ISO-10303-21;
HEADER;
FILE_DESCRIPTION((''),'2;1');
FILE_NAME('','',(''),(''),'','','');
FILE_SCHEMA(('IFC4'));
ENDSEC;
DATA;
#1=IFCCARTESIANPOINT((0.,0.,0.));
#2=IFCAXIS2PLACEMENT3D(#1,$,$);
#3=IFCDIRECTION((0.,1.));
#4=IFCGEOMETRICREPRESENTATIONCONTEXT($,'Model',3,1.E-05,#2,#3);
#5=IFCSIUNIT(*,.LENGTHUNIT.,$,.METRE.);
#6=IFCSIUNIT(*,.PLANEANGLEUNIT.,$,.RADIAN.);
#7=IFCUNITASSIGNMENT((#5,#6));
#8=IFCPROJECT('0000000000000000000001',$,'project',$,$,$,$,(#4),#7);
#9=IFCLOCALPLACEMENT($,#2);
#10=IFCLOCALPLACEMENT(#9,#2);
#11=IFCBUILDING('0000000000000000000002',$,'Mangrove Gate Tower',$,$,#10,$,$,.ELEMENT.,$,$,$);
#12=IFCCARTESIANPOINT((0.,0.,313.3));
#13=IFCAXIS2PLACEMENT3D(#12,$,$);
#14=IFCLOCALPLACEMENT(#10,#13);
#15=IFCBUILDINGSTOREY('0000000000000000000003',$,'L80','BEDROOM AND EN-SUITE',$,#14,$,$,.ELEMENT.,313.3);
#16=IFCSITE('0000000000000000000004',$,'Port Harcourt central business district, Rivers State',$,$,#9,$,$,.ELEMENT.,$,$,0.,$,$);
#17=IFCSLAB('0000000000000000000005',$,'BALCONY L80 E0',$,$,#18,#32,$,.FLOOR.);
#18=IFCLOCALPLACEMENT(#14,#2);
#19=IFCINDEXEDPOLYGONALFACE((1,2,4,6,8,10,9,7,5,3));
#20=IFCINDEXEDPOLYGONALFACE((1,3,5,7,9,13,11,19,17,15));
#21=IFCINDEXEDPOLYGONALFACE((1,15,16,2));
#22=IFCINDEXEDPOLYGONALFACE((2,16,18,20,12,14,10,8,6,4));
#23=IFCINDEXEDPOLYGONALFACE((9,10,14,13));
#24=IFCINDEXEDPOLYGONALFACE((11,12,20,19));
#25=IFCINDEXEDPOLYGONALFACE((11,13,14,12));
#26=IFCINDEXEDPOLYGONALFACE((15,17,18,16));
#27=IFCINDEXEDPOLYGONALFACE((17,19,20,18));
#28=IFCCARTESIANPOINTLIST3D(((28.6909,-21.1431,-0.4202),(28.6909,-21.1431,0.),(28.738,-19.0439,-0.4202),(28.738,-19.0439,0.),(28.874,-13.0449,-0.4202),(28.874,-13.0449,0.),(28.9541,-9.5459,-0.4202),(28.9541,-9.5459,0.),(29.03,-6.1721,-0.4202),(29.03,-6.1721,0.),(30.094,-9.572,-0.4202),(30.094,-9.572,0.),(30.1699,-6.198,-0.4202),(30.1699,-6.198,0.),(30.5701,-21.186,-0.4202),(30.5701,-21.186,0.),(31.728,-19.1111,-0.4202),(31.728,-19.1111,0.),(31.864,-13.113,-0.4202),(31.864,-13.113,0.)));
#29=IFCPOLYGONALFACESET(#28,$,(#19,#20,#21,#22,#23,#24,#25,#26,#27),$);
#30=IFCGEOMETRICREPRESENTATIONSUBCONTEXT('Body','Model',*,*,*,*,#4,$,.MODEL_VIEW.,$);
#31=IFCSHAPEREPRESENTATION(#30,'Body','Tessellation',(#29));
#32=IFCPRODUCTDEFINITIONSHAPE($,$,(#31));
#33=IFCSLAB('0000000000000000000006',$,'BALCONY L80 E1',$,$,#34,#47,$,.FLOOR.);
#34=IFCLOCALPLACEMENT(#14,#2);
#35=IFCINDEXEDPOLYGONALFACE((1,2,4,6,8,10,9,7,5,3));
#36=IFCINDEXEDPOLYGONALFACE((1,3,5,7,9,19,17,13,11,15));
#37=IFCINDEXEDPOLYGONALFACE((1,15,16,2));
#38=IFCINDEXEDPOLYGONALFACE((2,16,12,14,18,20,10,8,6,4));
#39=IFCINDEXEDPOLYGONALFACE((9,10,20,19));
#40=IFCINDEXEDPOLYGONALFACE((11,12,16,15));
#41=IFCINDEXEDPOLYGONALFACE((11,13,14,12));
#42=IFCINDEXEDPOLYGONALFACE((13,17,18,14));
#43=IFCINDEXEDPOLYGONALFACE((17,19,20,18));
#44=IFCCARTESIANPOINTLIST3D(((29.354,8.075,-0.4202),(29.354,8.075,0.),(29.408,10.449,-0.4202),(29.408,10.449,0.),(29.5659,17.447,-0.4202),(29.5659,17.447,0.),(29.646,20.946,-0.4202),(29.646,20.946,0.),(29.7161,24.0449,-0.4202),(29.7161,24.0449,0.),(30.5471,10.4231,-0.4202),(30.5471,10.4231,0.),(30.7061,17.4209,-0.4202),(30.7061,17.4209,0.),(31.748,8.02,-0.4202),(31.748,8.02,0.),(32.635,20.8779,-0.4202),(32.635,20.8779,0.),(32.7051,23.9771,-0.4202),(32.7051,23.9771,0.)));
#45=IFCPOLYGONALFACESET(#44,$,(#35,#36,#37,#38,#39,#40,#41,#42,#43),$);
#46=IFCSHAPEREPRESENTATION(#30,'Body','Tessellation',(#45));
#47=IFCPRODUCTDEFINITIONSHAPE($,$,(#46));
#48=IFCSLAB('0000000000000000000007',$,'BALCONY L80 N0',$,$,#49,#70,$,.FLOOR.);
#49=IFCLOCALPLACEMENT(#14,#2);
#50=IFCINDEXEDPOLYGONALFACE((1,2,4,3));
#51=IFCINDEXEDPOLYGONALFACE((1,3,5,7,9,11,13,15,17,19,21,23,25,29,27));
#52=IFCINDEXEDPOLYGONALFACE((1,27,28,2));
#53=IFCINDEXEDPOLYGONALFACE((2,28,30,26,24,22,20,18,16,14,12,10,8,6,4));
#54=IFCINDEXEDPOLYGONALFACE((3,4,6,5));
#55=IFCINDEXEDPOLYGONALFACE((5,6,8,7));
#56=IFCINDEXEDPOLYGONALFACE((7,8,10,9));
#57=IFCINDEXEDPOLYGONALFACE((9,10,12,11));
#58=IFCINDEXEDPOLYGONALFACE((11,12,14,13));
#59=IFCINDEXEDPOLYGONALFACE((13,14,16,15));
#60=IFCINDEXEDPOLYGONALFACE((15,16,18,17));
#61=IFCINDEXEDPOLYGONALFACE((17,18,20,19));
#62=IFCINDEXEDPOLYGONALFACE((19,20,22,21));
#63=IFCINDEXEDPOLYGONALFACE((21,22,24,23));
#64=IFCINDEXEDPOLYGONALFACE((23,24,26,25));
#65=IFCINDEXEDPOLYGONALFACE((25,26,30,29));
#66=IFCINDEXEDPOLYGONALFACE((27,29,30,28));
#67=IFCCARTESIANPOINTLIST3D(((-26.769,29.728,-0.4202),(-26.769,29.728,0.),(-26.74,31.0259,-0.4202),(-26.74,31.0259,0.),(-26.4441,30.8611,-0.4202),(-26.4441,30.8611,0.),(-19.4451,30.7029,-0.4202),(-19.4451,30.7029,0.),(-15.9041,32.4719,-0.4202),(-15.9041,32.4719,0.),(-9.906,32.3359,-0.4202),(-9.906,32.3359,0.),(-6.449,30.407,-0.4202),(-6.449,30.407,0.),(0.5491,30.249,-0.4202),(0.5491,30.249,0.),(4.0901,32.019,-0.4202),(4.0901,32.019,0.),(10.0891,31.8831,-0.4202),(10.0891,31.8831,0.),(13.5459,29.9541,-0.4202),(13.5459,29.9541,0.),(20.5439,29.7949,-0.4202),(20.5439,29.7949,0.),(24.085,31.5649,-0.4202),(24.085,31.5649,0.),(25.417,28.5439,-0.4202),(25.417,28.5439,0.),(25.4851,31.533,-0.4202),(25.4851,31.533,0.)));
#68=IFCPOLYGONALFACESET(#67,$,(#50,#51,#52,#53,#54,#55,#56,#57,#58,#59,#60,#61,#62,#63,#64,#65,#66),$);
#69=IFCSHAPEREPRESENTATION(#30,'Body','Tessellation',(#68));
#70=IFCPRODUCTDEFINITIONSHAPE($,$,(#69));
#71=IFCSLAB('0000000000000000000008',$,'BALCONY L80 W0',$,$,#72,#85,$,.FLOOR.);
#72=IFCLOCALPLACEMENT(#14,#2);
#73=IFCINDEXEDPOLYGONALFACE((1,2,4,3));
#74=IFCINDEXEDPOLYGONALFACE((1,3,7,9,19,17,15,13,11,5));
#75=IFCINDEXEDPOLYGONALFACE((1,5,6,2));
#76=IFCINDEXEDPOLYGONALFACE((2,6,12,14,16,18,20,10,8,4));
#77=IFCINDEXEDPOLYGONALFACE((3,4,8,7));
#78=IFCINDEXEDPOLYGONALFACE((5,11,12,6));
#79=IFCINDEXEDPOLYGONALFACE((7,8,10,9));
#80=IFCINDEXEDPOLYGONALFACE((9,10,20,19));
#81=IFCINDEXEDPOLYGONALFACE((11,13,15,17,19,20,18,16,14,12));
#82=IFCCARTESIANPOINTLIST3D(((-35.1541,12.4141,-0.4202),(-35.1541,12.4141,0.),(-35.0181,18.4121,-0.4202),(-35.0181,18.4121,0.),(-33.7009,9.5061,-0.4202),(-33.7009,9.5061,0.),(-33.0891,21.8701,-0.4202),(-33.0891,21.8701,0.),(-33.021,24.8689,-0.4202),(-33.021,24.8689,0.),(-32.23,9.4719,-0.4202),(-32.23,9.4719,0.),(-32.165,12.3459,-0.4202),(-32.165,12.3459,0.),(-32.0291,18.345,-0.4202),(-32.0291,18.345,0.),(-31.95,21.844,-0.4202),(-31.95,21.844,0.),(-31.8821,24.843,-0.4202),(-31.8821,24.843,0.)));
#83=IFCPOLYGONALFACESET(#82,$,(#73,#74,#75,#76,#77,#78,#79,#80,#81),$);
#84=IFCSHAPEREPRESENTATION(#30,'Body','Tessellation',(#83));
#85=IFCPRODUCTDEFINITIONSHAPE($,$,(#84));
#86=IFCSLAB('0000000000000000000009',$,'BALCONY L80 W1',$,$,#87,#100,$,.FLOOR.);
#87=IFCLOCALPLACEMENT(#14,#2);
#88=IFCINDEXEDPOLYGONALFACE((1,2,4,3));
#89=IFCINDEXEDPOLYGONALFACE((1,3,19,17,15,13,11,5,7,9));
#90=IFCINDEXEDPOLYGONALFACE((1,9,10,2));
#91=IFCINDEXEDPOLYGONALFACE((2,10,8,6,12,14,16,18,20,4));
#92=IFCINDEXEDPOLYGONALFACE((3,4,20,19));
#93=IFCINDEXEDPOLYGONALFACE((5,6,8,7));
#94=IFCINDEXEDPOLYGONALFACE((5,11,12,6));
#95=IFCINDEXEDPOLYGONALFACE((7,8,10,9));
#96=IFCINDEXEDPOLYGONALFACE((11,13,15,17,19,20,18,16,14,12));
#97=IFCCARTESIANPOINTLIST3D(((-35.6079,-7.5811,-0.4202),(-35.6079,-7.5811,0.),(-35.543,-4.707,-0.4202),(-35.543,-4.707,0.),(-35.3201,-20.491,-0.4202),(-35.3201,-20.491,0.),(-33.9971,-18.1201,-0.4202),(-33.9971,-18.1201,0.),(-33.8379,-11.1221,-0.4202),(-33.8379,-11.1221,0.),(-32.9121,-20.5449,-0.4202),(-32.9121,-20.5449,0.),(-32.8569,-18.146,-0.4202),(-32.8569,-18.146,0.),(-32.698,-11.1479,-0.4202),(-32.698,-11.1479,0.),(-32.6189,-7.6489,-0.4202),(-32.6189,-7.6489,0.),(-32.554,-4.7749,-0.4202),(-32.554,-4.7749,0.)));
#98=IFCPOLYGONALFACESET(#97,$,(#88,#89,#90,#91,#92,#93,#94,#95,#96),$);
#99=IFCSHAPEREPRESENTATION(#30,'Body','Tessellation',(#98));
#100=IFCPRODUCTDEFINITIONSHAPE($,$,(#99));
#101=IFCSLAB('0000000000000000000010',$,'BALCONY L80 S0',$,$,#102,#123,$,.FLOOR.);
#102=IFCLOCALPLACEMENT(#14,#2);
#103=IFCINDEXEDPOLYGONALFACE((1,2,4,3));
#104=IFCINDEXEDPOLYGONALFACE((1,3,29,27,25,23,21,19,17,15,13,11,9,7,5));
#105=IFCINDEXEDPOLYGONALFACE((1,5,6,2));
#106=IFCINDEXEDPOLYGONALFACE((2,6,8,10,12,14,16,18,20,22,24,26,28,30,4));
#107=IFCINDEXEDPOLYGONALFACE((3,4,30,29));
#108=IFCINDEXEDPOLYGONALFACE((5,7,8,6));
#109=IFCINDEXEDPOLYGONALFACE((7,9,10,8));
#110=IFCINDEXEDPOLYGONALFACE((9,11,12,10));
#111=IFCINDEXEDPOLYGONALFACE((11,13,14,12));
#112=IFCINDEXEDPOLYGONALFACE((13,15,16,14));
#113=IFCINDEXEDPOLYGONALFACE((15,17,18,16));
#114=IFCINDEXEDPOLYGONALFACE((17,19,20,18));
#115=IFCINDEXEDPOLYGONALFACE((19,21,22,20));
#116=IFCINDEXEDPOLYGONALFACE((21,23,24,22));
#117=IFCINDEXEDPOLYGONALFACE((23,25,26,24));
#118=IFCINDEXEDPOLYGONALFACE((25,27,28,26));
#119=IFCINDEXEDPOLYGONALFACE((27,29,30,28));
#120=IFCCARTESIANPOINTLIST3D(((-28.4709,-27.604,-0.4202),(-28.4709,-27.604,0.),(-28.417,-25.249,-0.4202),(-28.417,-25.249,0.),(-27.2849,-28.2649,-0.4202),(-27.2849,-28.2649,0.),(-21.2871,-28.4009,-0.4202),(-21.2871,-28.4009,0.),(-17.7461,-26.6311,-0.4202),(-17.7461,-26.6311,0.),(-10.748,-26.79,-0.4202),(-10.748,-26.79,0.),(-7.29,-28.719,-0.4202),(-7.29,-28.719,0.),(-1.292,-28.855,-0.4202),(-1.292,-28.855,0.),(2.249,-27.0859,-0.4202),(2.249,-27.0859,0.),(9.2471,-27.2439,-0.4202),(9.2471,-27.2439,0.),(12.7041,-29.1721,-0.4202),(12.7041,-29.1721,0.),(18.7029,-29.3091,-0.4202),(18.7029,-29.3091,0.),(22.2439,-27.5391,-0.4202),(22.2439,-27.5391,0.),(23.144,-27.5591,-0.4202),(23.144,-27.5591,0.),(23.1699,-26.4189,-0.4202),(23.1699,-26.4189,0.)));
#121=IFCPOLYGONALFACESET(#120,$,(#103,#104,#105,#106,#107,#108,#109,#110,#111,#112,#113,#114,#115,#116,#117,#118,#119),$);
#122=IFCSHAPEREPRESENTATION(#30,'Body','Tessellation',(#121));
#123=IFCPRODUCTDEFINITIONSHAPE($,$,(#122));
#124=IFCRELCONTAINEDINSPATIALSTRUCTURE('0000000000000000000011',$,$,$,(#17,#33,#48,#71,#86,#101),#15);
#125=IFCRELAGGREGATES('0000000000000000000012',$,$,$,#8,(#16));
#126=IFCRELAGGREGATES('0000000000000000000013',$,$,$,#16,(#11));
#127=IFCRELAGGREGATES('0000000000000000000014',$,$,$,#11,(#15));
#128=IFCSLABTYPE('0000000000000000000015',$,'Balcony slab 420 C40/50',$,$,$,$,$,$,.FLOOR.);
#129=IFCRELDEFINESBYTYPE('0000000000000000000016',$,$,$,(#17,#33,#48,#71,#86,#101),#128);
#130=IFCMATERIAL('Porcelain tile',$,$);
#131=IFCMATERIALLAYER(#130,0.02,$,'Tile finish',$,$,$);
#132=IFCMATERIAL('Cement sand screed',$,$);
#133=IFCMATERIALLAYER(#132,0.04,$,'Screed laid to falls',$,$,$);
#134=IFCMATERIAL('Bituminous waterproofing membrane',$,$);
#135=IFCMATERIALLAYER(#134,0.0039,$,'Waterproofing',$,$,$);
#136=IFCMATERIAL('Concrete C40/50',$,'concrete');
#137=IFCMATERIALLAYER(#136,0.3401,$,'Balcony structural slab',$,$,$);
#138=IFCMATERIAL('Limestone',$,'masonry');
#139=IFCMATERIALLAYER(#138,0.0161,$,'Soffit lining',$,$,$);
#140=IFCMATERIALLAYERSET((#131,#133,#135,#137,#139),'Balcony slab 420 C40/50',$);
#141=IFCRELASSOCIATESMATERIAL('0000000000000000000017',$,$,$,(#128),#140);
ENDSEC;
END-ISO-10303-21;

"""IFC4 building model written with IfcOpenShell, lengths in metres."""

from ifc_helpers import new_model, si_unit, direction, frame, origin, place, context, subcontext, project, spatial, polyline, outline, extrude, material, layer, layer_set, type_object, element, save


model = new_model("IFC4")

# Units and contexts
model_context = context("Model", 3, precision=1e-05, world=origin(), true_north=direction((0.0, 1.0)))
body_context = subcontext(model_context, "Body", "Model", "MODEL_VIEW")
ifc_project = project(units=[si_unit("LENGTHUNIT", "METRE"), si_unit("PLANEANGLEUNIT", "RADIAN")], contexts=[model_context])

# Site, building, storey
site_placement = place(None, origin())
site = spatial("IfcSite", under=ifc_project, at=site_placement, Name="Port Harcourt central business district, Rivers State", CompositionType="ELEMENT", RefElevation=0.0)
building_placement = place(site_placement, origin())
building = spatial("IfcBuilding", under=site, at=building_placement, Name="Mangrove Gate Tower", CompositionType="ELEMENT")
storey_placement = place(building_placement, frame((0.0, 0.0, 313.3)))
storey = spatial("IfcBuildingStorey", under=building, at=storey_placement, Name="L80", Description="BEDROOM AND EN-SUITE", CompositionType="ELEMENT", Elevation=313.3)

# Slabs
ifc_material_1 = material(Name="Porcelain tile")
ifc_layer_1 = layer(ifc_material_1, 0.02, Name="Tile finish")
ifc_material_2 = material(Name="Cement sand screed")
ifc_layer_2 = layer(ifc_material_2, 0.04, Name="Screed laid to falls")
ifc_material_3 = material(Name="Bituminous waterproofing membrane")
ifc_layer_3 = layer(ifc_material_3, 0.0039, Name="Waterproofing")
ifc_material_4 = material(Name="Concrete C40/50", Category="concrete")
ifc_layer_4 = layer(ifc_material_4, 0.3401, Name="Balcony structural slab")
ifc_material_5 = material(Name="Limestone", Category="masonry")
ifc_layer_5 = layer(ifc_material_5, 0.0161, Name="Soffit lining")
ifc_layer_set_1 = layer_set([ifc_layer_1, ifc_layer_2, ifc_layer_3, ifc_layer_4, ifc_layer_5], Name="Balcony slab 420 C40/50")
slab_type_1 = type_object("IfcSlabType", Name="Balcony slab 420 C40/50", PredefinedType="FLOOR", material=ifc_layer_set_1)
slab_1_placement = place(storey_placement, frame((0.0, 0.0, -0.4202)))
element("IfcSlab", 1, at=slab_1_placement, inside=storey, type_object=slab_type_1, Name="BALCONY L80 E0", PredefinedType="FLOOR", context=body_context, shape_type="SweptSolid", body=[
    extrude(outline(polyline([(30.5701, -21.186), (31.728, -19.1111), (31.864, -13.113), (30.094, -9.572), (30.1699, -6.198), (29.03, -6.1721), (28.9541, -9.5459), (28.874, -13.0449), (28.738, -19.0439), (28.6909, -21.1431), (30.5701, -21.186)])), origin(), (0.0, 0.0, 1.0), 0.4202),
])
slab_2_placement = place(storey_placement, frame((0.0, 0.0, -0.4202)))
element("IfcSlab", 2, at=slab_2_placement, inside=storey, type_object=slab_type_1, Name="BALCONY L80 E1", PredefinedType="FLOOR", context=body_context, shape_type="SweptSolid", body=[
    extrude(outline(polyline([(31.748, 8.02), (30.5471, 10.4231), (30.7061, 17.4209), (32.635, 20.8779), (32.7051, 23.9771), (29.7161, 24.0449), (29.646, 20.946), (29.5659, 17.447), (29.408, 10.449), (29.354, 8.075), (31.748, 8.02)])), origin(), (0.0, 0.0, 1.0), 0.4202),
])
slab_3_placement = place(storey_placement, frame((0.0, 0.0, -0.4202)))
element("IfcSlab", 3, at=slab_3_placement, inside=storey, type_object=slab_type_1, Name="BALCONY L80 N0", PredefinedType="FLOOR", context=body_context, shape_type="SweptSolid", body=[
    extrude(outline(polyline([(25.4851, 31.533), (24.085, 31.5649), (20.5439, 29.7949), (13.5459, 29.9541), (10.0891, 31.8831), (4.0901, 32.019), (0.5491, 30.249), (-6.449, 30.407), (-9.906, 32.3359), (-15.9041, 32.4719), (-19.4451, 30.7029), (-26.4441, 30.8611), (-26.74, 31.0259), (-26.769, 29.728), (25.417, 28.5439), (25.4851, 31.533)])), origin(), (0.0, 0.0, 1.0), 0.4202),
])
slab_4_placement = place(storey_placement, frame((0.0, 0.0, -0.4202)))
element("IfcSlab", 4, at=slab_4_placement, inside=storey, type_object=slab_type_1, Name="BALCONY L80 W0", PredefinedType="FLOOR", context=body_context, shape_type="SweptSolid", body=[
    extrude(outline(polyline([(-33.021, 24.8689), (-33.0891, 21.8701), (-35.0181, 18.4121), (-35.1541, 12.4141), (-33.7009, 9.5061), (-32.23, 9.4719), (-32.165, 12.3459), (-32.0291, 18.345), (-31.95, 21.844), (-31.8821, 24.843), (-33.021, 24.8689)])), origin(), (0.0, 0.0, 1.0), 0.4202),
])
slab_5_placement = place(storey_placement, frame((0.0, 0.0, -0.4202)))
element("IfcSlab", 5, at=slab_5_placement, inside=storey, type_object=slab_type_1, Name="BALCONY L80 W1", PredefinedType="FLOOR", context=body_context, shape_type="SweptSolid", body=[
    extrude(outline(polyline([(-35.543, -4.707), (-35.6079, -7.5811), (-33.8379, -11.1221), (-33.9971, -18.1201), (-35.3201, -20.491), (-32.9121, -20.5449), (-32.8569, -18.146), (-32.698, -11.1479), (-32.6189, -7.6489), (-32.554, -4.7749), (-35.543, -4.707)])), origin(), (0.0, 0.0, 1.0), 0.4202),
])
slab_6_placement = place(storey_placement, frame((0.0, 0.0, -0.4202)))
element("IfcSlab", 6, at=slab_6_placement, inside=storey, type_object=slab_type_1, Name="BALCONY L80 S0", PredefinedType="FLOOR", context=body_context, shape_type="SweptSolid", body=[
    extrude(outline(polyline([(-28.4709, -27.604), (-27.2849, -28.2649), (-21.2871, -28.4009), (-17.7461, -26.6311), (-10.748, -26.79), (-7.29, -28.719), (-1.292, -28.855), (2.249, -27.0859), (9.2471, -27.2439), (12.7041, -29.1721), (18.7029, -29.3091), (22.2439, -27.5391), (23.144, -27.5591), (23.1699, -26.4189), (-28.417, -25.249), (-28.4709, -27.604)])), origin(), (0.0, 0.0, 1.0), 0.4202),
])

save(model, "model.ifc")
